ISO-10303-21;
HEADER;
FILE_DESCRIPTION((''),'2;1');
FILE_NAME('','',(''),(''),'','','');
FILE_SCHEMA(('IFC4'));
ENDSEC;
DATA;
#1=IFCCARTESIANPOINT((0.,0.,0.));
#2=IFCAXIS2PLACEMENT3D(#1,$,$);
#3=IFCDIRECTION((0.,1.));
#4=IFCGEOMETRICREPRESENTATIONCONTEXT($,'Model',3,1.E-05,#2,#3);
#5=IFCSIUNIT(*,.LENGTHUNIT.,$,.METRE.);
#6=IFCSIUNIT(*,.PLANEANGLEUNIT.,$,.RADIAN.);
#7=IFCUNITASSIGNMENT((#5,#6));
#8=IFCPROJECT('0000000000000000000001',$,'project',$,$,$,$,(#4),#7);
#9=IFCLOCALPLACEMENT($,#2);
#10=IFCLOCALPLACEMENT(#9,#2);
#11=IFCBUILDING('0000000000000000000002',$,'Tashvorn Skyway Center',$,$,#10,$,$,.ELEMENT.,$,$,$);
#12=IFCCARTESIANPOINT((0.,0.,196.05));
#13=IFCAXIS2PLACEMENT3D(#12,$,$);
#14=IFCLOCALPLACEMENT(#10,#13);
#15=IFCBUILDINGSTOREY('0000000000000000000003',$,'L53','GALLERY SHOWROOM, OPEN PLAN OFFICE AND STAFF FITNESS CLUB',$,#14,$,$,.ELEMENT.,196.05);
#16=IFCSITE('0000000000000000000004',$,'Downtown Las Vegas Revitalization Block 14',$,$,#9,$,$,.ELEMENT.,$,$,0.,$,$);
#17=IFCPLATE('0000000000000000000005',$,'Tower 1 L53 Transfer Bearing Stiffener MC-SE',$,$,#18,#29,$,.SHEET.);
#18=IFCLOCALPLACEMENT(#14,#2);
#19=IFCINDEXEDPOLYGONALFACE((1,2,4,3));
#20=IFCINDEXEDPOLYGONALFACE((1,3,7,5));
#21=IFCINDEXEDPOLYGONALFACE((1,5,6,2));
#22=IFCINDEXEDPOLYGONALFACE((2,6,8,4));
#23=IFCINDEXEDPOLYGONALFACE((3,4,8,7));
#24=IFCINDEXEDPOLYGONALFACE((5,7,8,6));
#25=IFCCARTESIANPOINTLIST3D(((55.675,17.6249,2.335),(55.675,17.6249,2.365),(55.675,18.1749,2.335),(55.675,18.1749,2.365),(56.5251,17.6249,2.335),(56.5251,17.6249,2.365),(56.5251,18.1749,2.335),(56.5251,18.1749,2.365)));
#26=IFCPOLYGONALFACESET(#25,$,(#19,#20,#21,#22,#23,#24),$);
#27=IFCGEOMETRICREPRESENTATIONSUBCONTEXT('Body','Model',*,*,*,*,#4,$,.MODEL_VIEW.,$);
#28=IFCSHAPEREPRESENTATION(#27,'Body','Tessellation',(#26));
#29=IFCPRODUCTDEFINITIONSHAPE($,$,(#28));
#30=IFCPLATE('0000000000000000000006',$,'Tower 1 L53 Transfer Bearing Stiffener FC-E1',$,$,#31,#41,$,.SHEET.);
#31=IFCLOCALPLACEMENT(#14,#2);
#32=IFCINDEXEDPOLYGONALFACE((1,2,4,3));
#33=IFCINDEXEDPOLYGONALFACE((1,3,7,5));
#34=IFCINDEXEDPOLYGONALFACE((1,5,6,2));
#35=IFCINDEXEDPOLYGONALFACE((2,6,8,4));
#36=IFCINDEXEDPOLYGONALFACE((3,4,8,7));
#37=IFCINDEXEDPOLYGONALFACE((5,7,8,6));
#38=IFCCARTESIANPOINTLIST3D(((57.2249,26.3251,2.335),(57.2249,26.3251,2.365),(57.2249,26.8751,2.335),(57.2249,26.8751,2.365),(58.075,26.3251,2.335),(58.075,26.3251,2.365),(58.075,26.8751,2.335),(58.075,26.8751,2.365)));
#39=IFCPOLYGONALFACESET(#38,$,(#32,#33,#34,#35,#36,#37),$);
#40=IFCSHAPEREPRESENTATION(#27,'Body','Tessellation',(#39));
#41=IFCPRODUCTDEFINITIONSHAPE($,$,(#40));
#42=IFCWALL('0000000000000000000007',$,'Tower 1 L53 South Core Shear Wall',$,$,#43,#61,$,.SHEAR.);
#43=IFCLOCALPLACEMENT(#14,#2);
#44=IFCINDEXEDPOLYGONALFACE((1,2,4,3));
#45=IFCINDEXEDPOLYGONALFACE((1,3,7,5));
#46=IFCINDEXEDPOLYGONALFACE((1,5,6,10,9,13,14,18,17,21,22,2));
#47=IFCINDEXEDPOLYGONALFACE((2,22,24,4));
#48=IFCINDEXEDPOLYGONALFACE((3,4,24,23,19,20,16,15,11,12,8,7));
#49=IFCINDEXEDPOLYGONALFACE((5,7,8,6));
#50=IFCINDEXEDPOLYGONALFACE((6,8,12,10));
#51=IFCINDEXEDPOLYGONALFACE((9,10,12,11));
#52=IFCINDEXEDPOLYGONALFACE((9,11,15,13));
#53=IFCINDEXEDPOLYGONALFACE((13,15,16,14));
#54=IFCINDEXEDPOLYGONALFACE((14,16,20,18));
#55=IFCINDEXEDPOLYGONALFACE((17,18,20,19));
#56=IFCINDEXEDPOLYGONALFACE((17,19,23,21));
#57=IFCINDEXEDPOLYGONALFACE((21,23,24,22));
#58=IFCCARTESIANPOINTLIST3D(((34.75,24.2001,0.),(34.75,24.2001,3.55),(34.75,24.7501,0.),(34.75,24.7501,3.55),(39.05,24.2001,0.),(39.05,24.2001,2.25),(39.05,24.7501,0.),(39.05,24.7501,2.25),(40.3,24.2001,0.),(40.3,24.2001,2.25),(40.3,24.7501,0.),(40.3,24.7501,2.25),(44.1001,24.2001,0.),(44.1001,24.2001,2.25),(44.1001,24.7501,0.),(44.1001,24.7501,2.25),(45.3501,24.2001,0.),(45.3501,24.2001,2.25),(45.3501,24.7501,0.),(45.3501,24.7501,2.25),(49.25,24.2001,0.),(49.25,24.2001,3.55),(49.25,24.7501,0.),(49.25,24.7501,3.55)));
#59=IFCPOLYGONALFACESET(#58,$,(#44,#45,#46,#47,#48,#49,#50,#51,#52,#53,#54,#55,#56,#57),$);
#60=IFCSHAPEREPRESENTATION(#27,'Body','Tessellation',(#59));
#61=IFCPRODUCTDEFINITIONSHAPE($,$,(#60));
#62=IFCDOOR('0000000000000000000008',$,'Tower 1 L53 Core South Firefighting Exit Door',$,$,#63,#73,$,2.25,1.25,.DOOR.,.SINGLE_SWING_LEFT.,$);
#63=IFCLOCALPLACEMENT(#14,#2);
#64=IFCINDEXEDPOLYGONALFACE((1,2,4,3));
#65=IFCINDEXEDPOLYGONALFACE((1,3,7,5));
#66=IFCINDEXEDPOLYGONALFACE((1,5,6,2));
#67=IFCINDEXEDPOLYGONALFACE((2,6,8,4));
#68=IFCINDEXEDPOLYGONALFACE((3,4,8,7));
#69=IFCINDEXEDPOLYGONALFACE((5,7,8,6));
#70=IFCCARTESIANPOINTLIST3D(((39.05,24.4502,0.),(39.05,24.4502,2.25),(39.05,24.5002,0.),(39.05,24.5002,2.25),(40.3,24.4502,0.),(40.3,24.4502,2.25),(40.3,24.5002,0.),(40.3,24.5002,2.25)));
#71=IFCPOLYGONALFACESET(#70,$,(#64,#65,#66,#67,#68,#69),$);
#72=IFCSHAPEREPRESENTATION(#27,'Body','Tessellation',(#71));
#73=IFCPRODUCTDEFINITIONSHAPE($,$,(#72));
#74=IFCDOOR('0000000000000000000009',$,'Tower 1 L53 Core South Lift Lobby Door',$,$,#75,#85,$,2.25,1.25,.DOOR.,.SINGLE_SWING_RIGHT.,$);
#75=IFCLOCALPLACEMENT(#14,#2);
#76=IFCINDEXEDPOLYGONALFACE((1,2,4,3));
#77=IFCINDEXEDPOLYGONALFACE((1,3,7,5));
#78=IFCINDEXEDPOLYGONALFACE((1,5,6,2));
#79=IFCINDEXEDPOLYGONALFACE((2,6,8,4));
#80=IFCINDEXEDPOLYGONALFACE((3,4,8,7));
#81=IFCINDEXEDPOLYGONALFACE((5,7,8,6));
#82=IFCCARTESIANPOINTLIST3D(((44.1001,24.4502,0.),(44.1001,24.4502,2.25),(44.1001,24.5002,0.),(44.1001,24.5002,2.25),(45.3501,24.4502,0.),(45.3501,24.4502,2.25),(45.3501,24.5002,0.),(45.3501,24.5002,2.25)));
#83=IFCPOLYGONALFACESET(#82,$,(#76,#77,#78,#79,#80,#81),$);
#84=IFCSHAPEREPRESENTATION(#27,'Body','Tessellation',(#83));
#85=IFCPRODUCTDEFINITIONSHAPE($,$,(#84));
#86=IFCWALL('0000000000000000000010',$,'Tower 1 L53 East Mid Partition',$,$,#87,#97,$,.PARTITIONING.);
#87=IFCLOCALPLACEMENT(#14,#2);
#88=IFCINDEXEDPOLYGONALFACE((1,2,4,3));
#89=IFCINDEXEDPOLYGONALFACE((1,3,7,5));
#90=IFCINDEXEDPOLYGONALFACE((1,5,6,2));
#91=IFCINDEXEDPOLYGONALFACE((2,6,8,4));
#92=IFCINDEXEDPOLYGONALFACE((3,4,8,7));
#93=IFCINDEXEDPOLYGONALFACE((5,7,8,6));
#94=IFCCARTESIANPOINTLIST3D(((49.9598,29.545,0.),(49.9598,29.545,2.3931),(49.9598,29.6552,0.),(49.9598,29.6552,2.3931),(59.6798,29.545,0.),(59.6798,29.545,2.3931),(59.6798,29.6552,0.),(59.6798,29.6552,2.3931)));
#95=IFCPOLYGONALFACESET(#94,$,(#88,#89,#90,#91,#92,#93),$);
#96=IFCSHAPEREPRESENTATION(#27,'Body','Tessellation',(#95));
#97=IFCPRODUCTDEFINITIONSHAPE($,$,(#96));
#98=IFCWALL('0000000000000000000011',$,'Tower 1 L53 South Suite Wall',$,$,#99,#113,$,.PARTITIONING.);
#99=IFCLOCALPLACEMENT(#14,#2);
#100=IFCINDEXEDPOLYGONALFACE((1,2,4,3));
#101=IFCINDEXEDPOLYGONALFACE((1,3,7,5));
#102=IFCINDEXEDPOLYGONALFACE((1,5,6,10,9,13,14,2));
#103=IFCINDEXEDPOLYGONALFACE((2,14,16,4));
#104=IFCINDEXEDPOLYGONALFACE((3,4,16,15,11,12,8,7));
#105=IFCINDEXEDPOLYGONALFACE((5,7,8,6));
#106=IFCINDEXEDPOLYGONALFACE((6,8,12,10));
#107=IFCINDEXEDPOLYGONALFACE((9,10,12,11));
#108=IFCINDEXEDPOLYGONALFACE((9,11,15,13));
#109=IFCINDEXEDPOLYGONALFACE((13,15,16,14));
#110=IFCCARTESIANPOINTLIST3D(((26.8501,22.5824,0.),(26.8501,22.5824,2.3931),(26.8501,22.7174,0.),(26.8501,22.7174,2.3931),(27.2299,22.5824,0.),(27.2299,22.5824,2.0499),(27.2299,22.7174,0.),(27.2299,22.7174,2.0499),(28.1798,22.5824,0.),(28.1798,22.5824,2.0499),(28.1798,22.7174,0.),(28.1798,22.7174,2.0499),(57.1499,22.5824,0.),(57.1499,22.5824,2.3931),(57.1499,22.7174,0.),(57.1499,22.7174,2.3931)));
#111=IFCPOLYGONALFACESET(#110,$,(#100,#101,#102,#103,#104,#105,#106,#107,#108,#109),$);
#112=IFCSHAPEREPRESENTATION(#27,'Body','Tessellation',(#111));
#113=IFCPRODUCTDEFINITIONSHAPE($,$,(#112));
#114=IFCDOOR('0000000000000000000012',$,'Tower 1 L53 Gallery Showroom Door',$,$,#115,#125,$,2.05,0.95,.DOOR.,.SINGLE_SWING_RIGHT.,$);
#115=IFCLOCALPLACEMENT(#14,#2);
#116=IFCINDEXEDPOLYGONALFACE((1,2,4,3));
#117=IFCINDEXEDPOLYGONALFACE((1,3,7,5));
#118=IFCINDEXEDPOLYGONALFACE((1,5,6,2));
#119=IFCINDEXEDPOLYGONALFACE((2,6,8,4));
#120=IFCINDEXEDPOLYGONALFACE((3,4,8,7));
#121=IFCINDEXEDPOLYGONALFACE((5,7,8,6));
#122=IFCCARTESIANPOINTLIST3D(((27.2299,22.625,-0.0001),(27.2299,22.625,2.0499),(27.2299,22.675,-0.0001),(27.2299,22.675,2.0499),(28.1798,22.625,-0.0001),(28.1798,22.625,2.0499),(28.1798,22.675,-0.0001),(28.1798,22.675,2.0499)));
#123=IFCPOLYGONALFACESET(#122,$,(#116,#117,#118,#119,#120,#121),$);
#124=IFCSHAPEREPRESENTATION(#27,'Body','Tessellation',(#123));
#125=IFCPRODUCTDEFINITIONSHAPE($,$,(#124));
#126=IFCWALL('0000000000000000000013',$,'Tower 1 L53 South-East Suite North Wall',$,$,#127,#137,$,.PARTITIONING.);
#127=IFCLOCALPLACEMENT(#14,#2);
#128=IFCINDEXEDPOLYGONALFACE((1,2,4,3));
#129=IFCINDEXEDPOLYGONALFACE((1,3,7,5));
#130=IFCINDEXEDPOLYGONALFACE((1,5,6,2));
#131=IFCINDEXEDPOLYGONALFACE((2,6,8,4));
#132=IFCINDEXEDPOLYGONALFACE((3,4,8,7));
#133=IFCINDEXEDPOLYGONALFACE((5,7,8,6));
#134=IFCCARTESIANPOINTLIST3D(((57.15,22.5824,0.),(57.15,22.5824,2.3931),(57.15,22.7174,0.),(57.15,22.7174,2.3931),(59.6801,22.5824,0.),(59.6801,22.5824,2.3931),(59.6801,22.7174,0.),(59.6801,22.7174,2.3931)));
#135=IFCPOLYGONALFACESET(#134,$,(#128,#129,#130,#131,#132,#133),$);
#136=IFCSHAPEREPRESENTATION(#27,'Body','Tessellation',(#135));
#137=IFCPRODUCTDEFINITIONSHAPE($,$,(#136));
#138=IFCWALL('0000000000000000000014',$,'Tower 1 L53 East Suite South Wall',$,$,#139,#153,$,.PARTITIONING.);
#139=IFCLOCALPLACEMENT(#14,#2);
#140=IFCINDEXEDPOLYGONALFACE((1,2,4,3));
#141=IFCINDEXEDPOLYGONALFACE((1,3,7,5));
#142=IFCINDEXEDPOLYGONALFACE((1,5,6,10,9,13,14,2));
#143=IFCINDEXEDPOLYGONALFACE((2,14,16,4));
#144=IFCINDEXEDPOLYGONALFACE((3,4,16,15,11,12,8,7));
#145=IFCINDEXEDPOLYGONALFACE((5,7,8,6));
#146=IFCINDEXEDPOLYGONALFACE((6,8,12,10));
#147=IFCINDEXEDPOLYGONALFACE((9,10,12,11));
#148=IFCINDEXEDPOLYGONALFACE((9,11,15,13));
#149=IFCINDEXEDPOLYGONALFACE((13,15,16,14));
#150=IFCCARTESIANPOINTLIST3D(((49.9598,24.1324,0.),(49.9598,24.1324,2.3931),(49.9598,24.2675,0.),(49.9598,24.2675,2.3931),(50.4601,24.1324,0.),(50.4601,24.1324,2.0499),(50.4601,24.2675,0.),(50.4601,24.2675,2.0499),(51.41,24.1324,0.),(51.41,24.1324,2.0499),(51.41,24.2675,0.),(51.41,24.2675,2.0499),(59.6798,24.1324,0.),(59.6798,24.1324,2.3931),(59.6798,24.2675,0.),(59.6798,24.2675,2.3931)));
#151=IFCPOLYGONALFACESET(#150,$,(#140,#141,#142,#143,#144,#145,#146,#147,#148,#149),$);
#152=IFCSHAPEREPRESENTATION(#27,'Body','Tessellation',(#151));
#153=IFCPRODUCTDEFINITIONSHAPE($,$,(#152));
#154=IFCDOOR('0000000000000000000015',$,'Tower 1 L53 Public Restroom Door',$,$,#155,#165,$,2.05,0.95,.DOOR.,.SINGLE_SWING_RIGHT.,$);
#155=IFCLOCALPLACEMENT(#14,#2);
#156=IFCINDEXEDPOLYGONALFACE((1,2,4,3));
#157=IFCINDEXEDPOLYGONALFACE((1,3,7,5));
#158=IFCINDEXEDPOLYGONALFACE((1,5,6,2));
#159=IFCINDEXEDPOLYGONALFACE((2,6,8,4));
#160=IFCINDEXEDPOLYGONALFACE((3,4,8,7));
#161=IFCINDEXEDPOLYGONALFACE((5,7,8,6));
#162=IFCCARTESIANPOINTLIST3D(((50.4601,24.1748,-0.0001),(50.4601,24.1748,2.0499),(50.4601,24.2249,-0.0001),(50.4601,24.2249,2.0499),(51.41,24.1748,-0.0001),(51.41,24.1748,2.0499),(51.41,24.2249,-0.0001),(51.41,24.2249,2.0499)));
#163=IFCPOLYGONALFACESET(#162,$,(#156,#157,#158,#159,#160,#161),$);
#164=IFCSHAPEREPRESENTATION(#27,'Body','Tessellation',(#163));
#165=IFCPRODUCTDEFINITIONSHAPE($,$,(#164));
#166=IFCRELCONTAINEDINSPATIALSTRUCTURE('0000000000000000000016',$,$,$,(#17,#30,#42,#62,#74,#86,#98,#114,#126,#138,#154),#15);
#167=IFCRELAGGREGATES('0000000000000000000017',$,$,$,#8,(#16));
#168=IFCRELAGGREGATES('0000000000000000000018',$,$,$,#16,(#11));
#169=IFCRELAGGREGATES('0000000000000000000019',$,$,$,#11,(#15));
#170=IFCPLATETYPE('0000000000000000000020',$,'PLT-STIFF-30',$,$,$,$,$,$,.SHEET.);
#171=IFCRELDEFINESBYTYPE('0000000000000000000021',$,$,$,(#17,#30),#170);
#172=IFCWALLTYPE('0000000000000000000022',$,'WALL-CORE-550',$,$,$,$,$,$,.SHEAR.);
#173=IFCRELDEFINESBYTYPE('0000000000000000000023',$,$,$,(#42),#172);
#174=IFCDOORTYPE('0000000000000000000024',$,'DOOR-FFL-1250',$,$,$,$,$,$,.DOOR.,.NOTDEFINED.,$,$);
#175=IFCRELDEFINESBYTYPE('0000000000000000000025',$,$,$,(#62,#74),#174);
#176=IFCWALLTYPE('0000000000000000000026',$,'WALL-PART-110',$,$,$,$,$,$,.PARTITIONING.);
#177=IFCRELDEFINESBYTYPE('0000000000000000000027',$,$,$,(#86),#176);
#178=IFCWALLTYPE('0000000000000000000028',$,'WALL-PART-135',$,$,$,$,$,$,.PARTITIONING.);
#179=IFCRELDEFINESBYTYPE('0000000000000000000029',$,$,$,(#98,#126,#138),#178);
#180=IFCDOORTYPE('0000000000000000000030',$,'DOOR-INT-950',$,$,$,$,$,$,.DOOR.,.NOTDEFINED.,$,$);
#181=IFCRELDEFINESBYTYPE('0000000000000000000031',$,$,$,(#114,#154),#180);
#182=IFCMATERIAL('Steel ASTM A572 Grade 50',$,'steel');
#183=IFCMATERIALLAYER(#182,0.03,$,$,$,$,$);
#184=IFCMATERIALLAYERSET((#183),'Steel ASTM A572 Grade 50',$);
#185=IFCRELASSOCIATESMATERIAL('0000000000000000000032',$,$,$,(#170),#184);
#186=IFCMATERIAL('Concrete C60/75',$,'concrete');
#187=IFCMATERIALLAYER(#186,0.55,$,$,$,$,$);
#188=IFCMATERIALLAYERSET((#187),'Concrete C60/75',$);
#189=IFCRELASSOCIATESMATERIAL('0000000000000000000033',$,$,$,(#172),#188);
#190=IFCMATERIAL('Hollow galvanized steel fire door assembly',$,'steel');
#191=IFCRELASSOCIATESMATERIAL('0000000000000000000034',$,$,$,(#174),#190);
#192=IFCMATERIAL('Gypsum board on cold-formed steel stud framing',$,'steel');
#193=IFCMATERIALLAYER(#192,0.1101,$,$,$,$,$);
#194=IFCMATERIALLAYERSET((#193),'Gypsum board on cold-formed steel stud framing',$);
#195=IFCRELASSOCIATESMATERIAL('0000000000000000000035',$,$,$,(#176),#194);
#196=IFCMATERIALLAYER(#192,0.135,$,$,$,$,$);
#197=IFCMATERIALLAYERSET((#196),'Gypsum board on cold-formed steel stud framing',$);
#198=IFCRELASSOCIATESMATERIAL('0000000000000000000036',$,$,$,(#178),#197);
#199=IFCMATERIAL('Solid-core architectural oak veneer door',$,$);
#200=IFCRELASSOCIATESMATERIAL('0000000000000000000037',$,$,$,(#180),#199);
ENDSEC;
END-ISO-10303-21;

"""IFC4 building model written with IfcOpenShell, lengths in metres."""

from ifc_helpers import new_model, si_unit, direction, frame, frame_2d, origin, origin_2d, place, context, subcontext, project, spatial, rectangle, extrude, material, layer, layer_set, type_object, element, fill, save


model = new_model("IFC4")

# Units and contexts
model_context = context("Model", 3, precision=1e-05, world=origin(), true_north=direction((0.0, 1.0)))
body_context = subcontext(model_context, "Body", "Model", "MODEL_VIEW")
ifc_project = project(units=[si_unit("LENGTHUNIT", "METRE"), si_unit("PLANEANGLEUNIT", "RADIAN")], contexts=[model_context])

# Site, building, storey
site_placement = place(None, origin())
site = spatial("IfcSite", under=ifc_project, at=site_placement, Name="Downtown Las Vegas Revitalization Block 14", CompositionType="ELEMENT", RefElevation=0.0)
building_placement = place(site_placement, origin())
building = spatial("IfcBuilding", under=site, at=building_placement, Name="Tashvorn Skyway Center", CompositionType="ELEMENT")
storey_placement = place(building_placement, frame((0.0, 0.0, 196.05)))
storey = spatial("IfcBuildingStorey", under=building, at=storey_placement, Name="L53", Description="GALLERY SHOWROOM, OPEN PLAN OFFICE AND STAFF FITNESS CLUB", CompositionType="ELEMENT", Elevation=196.05)

# Shared definitions
ifc_material_1 = material(Name="Steel ASTM A572 Grade 50", Category="steel")

# Plates
ifc_layer_1 = layer(ifc_material_1, 0.03)
ifc_layer_set_1 = layer_set([ifc_layer_1], Name="Steel ASTM A572 Grade 50")
plate_type_1 = type_object("IfcPlateType", Name="PLT-STIFF-30", PredefinedType="SHEET", material=ifc_layer_set_1)
for number, where, z_axis, x_axis, name in (
    (1, (56.1001, 17.8999, 2.335), (0.0, 0.0, 1.0), (1.0, 0.0, 0.0), "Tower 1 L53 Transfer Bearing Stiffener MC-SE"),
    (2, (57.6499, 26.6001, 2.335), (0.0, 0.0, 1.0), (1.0, 0.0, 0.0), "Tower 1 L53 Transfer Bearing Stiffener FC-E1"),
):
    element("IfcPlate", number, at=place(storey_placement, frame(where, z_axis=z_axis, x_axis=x_axis)), inside=storey, type_object=plate_type_1, Name=name, PredefinedType="SHEET", context=body_context, shape_type="SweptSolid", body=[
        extrude(rectangle(XDim=0.8501, YDim=0.55, at=origin_2d()), origin(), (0.0, 0.0, 1.0), 0.03),
    ])

# Wall, openings, doors
ifc_material_2 = material(Name="Concrete C60/75", Category="concrete")
ifc_layer_2 = layer(ifc_material_2, 0.55)
ifc_layer_set_2 = layer_set([ifc_layer_2], Name="Concrete C60/75")
wall_type_1 = type_object("IfcWallType", Name="WALL-CORE-550", PredefinedType="SHEAR", material=ifc_layer_set_2)
wall_1_placement = place(storey_placement, frame((49.25, 24.4751, 0.0), z_axis=(0.0, 0.0, 1.0), x_axis=(-1.0, 0.0, 0.0)))
wall_1 = element("IfcWall", 3, at=wall_1_placement, inside=storey, type_object=wall_type_1, Name="Tower 1 L53 South Core Shear Wall", PredefinedType="SHEAR", context=body_context, shape_type="SweptSolid", body=[
    extrude(rectangle(XDim=14.5, YDim=0.55, at=frame_2d((7.25, 0.0))), origin(), (0.0, 0.0, 1.0), 3.55),
])
opening_1_placement = place(wall_1_placement, frame((8.95, 0.0, 0.0)))
opening_1 = element("IfcOpeningElement", 4, at=opening_1_placement, cuts=wall_1, PredefinedType="OPENING", context=body_context, shape_type="SweptSolid", body=[
    extrude(rectangle(XDim=1.25, YDim=2.25, at=frame_2d((0.625, 1.125))), frame((0.0, 0.2849, 0.0), z_axis=(0.0, -1.0, 0.0), x_axis=(1.0, 0.0, 0.0)), (0.0, 0.0, 1.0), 0.5701),
])
opening_2_placement = place(wall_1_placement, frame((3.8999, 0.0, 0.0)))
opening_2 = element("IfcOpeningElement", 5, at=opening_2_placement, cuts=wall_1, PredefinedType="OPENING", context=body_context, shape_type="SweptSolid", body=[
    extrude(rectangle(XDim=1.25, YDim=2.25, at=frame_2d((0.625, 1.125))), frame((0.0, 0.2849, 0.0), z_axis=(0.0, -1.0, 0.0), x_axis=(1.0, 0.0, 0.0)), (0.0, 0.0, 1.0), 0.5701),
])
ifc_material_3 = material(Name="Hollow galvanized steel fire door assembly", Category="steel")
door_type_1 = type_object("IfcDoorType", Name="DOOR-FFL-1250", OperationType="NOTDEFINED", PredefinedType="DOOR", material=ifc_material_3)
door_1_placement = place(opening_1_placement, origin())
door_1 = element("IfcDoor", 6, at=door_1_placement, inside=storey, type_object=door_type_1, Name="Tower 1 L53 Core South Firefighting Exit Door", OperationType="SINGLE_SWING_LEFT", OverallHeight=2.25, OverallWidth=1.25, PredefinedType="DOOR", context=body_context, shape_type="SweptSolid", body=[
    extrude(rectangle(XDim=1.25, YDim=2.25, at=frame_2d((0.625, 1.125))), frame((0.0, 0.0249, 0.0), z_axis=(0.0, -1.0, 0.0), x_axis=(1.0, 0.0, 0.0)), (0.0, 0.0, 1.0), 0.05),
])
fill(opening_1, door_1)
door_2_placement = place(opening_2_placement, origin())
door_2 = element("IfcDoor", 7, at=door_2_placement, inside=storey, type_object=door_type_1, Name="Tower 1 L53 Core South Lift Lobby Door", OperationType="SINGLE_SWING_RIGHT", OverallHeight=2.25, OverallWidth=1.25, PredefinedType="DOOR", context=body_context, shape_type="SweptSolid", body=[
    extrude(rectangle(XDim=1.25, YDim=2.25, at=frame_2d((0.625, 1.125))), frame((0.0, 0.0249, 0.0), z_axis=(0.0, -1.0, 0.0), x_axis=(1.0, 0.0, 0.0)), (0.0, 0.0, 1.0), 0.05),
])
fill(opening_2, door_2)

# Wall
ifc_material_4 = material(Name="Gypsum board on cold-formed steel stud framing", Category="steel")
ifc_layer_3 = layer(ifc_material_4, 0.1101)
ifc_layer_set_3 = layer_set([ifc_layer_3], Name="Gypsum board on cold-formed steel stud framing")
wall_type_2 = type_object("IfcWallType", Name="WALL-PART-110", PredefinedType="PARTITIONING", material=ifc_layer_set_3)
wall_2_placement = place(storey_placement, frame((49.96, 29.6001, 0.0), z_axis=(0.0, 0.0, 1.0), x_axis=(1.0, 0.0, 0.0)))
element("IfcWall", 8, at=wall_2_placement, inside=storey, type_object=wall_type_2, Name="Tower 1 L53 East Mid Partition", PredefinedType="PARTITIONING", context=body_context, shape_type="SweptSolid", body=[
    extrude(rectangle(XDim=9.72, YDim=0.1101, at=frame_2d((4.8599, 0.0))), origin(), (0.0, 0.0, 1.0), 2.3931),
])

# Wall, opening, door
ifc_layer_4 = layer(ifc_material_4, 0.135)
ifc_layer_set_4 = layer_set([ifc_layer_4], Name="Gypsum board on cold-formed steel stud framing")
wall_type_3 = type_object("IfcWallType", Name="WALL-PART-135", PredefinedType="PARTITIONING", material=ifc_layer_set_4)
wall_3_placement = place(storey_placement, frame((57.1499, 22.6499, 0.0), z_axis=(0.0, 0.0, 1.0), x_axis=(-1.0, 0.0, 0.0)))
wall_3 = element("IfcWall", 9, at=wall_3_placement, inside=storey, type_object=wall_type_3, Name="Tower 1 L53 South Suite Wall", PredefinedType="PARTITIONING", context=body_context, shape_type="SweptSolid", body=[
    extrude(rectangle(XDim=30.2998, YDim=0.135, at=frame_2d((15.1499, 0.0))), origin(), (0.0, 0.0, 1.0), 2.3931),
])
opening_3_placement = place(wall_3_placement, frame((28.97, 0.0, 0.0)))
opening_3 = element("IfcOpeningElement", 10, at=opening_3_placement, cuts=wall_3, PredefinedType="OPENING", context=body_context, shape_type="SweptSolid", body=[
    extrude(rectangle(XDim=0.95, YDim=2.05, at=frame_2d((0.4751, 1.0249))), frame((0.0, 0.0774, 0.0), z_axis=(0.0, -1.0, 0.0), x_axis=(1.0, 0.0, 0.0)), (0.0, 0.0, 1.0), 0.155),
])
ifc_material_5 = material(Name="Solid-core architectural oak veneer door")
door_type_2 = type_object("IfcDoorType", Name="DOOR-INT-950", OperationType="NOTDEFINED", PredefinedType="DOOR", material=ifc_material_5)
door_3_placement = place(opening_3_placement, origin())
door_3 = element("IfcDoor", 11, at=door_3_placement, inside=storey, type_object=door_type_2, Name="Tower 1 L53 Gallery Showroom Door", OperationType="SINGLE_SWING_RIGHT", OverallHeight=2.05, OverallWidth=0.95, PredefinedType="DOOR", context=body_context, shape_type="SweptSolid", body=[
    extrude(rectangle(XDim=0.95, YDim=2.05, at=frame_2d((0.4751, 1.0249))), frame((0.0, 0.0249, 0.0), z_axis=(0.0, -1.0, 0.0), x_axis=(1.0, 0.0, 0.0)), (0.0, 0.0, 1.0), 0.05),
])
fill(opening_3, door_3)

# Wall
wall_4_placement = place(storey_placement, frame((57.1499, 22.6499, 0.0), z_axis=(0.0, 0.0, 1.0), x_axis=(1.0, 0.0, 0.0)))
element("IfcWall", 12, at=wall_4_placement, inside=storey, type_object=wall_type_3, Name="Tower 1 L53 South-East Suite North Wall", PredefinedType="PARTITIONING", context=body_context, shape_type="SweptSolid", body=[
    extrude(rectangle(XDim=2.53, YDim=0.135, at=frame_2d((1.2651, 0.0))), origin(), (0.0, 0.0, 1.0), 2.3931),
])

# Wall, opening, door
wall_5_placement = place(storey_placement, frame((49.96, 24.2, 0.0), z_axis=(0.0, 0.0, 1.0), x_axis=(1.0, 0.0, 0.0)))
wall_5 = element("IfcWall", 13, at=wall_5_placement, inside=storey, type_object=wall_type_3, Name="Tower 1 L53 East Suite South Wall", PredefinedType="PARTITIONING", context=body_context, shape_type="SweptSolid", body=[
    extrude(rectangle(XDim=9.72, YDim=0.135, at=frame_2d((4.8599, 0.0))), origin(), (0.0, 0.0, 1.0), 2.3931),
])
opening_4_placement = place(wall_5_placement, frame((0.5, 0.0, 0.0)))
opening_4 = element("IfcOpeningElement", 14, at=opening_4_placement, cuts=wall_5, PredefinedType="OPENING", context=body_context, shape_type="SweptSolid", body=[
    extrude(rectangle(XDim=0.95, YDim=2.05, at=frame_2d((0.4751, 1.0249))), frame((0.0, 0.0774, 0.0), z_axis=(0.0, -1.0, 0.0), x_axis=(1.0, 0.0, 0.0)), (0.0, 0.0, 1.0), 0.155),
])
door_4_placement = place(opening_4_placement, origin())
door_4 = element("IfcDoor", 15, at=door_4_placement, inside=storey, type_object=door_type_2, Name="Tower 1 L53 Public Restroom Door", OperationType="SINGLE_SWING_RIGHT", OverallHeight=2.05, OverallWidth=0.95, PredefinedType="DOOR", context=body_context, shape_type="SweptSolid", body=[
    extrude(rectangle(XDim=0.95, YDim=2.05, at=frame_2d((0.4751, 1.0249))), frame((0.0, 0.0249, 0.0), z_axis=(0.0, -1.0, 0.0), x_axis=(1.0, 0.0, 0.0)), (0.0, 0.0, 1.0), 0.05),
])
fill(opening_4, door_4)

save(model, "model.ifc")
